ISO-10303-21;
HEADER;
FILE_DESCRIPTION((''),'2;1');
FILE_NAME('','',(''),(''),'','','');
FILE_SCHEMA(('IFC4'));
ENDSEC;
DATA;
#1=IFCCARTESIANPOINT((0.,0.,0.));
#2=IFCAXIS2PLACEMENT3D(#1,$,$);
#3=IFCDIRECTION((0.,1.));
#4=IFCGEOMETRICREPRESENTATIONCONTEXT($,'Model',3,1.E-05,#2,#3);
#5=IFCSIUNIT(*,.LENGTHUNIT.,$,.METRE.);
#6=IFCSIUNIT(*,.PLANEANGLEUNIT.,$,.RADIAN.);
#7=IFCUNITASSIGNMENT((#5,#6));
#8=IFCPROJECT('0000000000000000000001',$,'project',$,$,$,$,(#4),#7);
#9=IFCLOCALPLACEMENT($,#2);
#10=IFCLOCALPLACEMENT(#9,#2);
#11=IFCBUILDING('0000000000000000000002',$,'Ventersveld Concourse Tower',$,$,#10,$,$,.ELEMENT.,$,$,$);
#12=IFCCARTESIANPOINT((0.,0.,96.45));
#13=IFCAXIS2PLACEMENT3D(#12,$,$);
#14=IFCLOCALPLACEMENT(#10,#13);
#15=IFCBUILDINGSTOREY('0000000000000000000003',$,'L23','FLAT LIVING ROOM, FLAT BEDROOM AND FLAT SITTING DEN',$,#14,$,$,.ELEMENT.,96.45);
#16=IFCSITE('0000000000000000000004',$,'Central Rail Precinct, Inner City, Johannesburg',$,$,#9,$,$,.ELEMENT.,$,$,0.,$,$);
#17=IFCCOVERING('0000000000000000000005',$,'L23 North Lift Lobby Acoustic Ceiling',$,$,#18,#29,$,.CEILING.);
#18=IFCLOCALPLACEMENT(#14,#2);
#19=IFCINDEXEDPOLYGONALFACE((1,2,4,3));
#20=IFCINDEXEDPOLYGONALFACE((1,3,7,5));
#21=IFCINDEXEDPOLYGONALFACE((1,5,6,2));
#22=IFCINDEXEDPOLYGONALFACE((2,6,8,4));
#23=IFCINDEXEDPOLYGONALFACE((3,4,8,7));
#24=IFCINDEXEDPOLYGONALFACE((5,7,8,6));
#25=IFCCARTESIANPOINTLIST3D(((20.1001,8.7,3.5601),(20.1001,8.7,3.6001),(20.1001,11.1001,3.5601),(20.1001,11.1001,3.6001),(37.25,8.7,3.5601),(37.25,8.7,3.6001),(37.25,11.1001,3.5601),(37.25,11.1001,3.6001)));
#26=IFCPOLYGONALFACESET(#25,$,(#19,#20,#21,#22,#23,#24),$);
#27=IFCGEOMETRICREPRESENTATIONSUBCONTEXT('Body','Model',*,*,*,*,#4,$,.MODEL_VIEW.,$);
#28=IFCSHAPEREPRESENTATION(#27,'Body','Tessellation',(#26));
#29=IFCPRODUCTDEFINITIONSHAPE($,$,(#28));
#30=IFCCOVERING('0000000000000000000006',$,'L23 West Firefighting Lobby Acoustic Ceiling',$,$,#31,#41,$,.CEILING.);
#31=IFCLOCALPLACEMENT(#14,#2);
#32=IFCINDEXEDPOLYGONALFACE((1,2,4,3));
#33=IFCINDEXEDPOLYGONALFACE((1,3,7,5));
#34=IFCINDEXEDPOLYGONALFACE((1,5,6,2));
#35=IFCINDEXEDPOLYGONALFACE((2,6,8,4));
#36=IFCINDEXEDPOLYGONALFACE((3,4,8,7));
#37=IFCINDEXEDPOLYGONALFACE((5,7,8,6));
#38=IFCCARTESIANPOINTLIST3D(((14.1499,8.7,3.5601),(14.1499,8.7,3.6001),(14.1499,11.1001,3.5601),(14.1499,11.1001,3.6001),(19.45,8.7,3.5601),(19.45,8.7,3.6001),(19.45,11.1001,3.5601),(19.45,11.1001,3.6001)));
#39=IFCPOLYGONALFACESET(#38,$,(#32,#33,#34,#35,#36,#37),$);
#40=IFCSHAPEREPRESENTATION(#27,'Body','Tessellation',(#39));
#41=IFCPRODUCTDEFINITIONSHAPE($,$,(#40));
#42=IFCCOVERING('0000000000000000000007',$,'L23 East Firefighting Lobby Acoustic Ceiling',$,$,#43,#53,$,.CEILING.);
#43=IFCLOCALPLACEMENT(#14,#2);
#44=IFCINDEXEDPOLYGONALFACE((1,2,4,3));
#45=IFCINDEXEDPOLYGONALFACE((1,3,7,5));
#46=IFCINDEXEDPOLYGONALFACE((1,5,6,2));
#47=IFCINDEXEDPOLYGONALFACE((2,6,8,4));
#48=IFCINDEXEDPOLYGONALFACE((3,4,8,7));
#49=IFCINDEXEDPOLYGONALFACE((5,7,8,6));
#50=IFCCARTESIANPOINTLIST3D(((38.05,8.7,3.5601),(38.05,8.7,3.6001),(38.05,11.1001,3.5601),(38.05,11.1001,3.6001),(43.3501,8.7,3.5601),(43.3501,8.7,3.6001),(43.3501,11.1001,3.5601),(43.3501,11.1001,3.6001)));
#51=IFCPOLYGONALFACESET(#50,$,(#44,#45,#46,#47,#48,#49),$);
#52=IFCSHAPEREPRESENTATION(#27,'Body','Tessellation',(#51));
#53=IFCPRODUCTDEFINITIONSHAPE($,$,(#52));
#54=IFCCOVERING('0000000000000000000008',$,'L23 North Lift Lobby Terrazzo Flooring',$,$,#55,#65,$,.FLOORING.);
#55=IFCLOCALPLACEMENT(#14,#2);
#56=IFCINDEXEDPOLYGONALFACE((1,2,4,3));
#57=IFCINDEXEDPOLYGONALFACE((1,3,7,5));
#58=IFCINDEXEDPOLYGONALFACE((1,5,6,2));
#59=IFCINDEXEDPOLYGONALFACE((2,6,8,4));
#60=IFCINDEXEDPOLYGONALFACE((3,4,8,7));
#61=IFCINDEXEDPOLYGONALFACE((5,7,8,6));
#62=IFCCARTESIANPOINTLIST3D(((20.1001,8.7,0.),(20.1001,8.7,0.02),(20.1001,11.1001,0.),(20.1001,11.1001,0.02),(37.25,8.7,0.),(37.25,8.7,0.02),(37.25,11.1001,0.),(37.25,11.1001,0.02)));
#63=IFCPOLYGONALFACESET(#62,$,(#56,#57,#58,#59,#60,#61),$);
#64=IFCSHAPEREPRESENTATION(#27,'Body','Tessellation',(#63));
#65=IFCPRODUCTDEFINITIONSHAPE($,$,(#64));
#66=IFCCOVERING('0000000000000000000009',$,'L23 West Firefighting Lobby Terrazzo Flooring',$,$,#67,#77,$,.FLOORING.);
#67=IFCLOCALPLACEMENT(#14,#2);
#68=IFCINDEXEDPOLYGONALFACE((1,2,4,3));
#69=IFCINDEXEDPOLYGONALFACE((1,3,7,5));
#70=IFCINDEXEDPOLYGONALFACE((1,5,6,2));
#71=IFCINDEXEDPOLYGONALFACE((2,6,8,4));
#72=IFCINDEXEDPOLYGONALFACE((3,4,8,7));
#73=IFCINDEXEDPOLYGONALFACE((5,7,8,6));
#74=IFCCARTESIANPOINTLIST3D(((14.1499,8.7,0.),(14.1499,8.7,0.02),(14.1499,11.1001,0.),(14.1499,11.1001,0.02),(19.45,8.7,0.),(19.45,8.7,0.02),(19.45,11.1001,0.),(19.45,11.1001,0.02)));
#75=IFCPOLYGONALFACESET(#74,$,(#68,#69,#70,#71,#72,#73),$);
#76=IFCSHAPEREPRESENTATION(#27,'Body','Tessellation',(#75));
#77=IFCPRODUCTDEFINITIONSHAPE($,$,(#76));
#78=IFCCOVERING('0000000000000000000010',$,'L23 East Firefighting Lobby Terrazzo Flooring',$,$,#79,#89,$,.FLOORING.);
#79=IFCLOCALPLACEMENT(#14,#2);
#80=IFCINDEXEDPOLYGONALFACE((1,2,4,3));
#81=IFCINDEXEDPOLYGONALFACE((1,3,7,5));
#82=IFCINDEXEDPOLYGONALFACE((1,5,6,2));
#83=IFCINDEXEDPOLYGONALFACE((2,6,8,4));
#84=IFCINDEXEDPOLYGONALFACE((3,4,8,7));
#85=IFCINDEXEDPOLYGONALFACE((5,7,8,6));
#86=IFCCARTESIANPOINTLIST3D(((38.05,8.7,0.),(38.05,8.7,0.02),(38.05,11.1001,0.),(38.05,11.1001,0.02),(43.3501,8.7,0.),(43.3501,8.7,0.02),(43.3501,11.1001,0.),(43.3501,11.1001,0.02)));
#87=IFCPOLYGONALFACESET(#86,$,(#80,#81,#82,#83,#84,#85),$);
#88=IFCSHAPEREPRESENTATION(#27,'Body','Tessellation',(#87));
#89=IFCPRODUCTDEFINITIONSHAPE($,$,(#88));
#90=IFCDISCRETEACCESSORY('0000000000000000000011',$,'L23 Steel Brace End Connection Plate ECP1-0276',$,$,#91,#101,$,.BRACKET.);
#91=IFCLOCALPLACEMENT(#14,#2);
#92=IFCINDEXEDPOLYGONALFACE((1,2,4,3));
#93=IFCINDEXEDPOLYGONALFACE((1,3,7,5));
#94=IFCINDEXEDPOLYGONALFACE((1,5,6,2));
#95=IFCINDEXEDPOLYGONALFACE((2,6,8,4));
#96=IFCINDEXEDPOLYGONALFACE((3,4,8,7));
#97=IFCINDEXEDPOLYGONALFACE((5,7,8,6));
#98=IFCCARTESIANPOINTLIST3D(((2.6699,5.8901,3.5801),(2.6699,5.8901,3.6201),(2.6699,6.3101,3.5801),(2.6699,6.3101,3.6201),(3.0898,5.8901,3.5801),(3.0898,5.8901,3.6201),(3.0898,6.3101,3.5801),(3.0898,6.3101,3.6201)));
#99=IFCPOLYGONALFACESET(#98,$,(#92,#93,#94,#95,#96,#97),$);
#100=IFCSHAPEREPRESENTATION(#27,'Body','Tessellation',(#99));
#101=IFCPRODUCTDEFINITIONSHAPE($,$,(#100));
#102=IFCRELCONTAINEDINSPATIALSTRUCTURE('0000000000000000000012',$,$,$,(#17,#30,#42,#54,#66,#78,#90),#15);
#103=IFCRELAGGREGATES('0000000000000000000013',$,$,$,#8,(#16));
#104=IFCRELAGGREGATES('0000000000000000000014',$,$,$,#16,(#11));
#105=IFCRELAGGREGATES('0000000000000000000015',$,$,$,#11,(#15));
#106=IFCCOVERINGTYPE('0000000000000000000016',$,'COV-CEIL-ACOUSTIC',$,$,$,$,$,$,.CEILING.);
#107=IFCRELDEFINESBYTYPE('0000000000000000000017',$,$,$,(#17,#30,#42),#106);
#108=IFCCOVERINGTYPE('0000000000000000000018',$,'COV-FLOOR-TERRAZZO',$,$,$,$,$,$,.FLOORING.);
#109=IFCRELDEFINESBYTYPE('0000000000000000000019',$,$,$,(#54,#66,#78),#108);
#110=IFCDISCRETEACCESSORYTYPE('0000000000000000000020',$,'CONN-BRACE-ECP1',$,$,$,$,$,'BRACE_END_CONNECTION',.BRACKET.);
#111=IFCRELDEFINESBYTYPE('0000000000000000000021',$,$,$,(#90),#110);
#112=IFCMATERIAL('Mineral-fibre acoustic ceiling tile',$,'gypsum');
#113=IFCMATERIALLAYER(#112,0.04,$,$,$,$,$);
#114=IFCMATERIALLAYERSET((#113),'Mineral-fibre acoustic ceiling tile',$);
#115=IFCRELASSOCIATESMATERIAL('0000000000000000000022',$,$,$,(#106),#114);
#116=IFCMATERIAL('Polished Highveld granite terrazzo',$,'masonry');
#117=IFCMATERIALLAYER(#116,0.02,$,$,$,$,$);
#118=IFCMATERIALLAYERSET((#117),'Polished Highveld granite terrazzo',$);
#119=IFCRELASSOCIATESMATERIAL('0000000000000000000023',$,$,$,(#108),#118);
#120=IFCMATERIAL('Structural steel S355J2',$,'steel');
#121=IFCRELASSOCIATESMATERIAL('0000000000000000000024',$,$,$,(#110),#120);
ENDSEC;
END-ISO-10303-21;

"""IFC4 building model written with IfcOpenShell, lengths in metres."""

from ifc_helpers import new_model, si_unit, direction, frame, origin, origin_2d, place, context, subcontext, project, spatial, polyline, rectangle, outline, extrude, material, layer, layer_set, type_object, element, save


model = new_model("IFC4")

# Units and contexts
model_context = context("Model", 3, precision=1e-05, world=origin(), true_north=direction((0.0, 1.0)))
body_context = subcontext(model_context, "Body", "Model", "MODEL_VIEW")
ifc_project = project(units=[si_unit("LENGTHUNIT", "METRE"), si_unit("PLANEANGLEUNIT", "RADIAN")], contexts=[model_context])

# Site, building, storey
site_placement = place(None, origin())
site = spatial("IfcSite", under=ifc_project, at=site_placement, Name="Central Rail Precinct, Inner City, Johannesburg", CompositionType="ELEMENT", RefElevation=0.0)
building_placement = place(site_placement, origin())
building = spatial("IfcBuilding", under=site, at=building_placement, Name="Ventersveld Concourse Tower", CompositionType="ELEMENT")
storey_placement = place(building_placement, frame((0.0, 0.0, 96.45)))
storey = spatial("IfcBuildingStorey", under=building, at=storey_placement, Name="L23", Description="FLAT LIVING ROOM, FLAT BEDROOM AND FLAT SITTING DEN", CompositionType="ELEMENT", Elevation=96.45)

# Coverings
ifc_material_1 = material(Name="Mineral-fibre acoustic ceiling tile", Category="gypsum")
ifc_layer_1 = layer(ifc_material_1, 0.04)
ifc_layer_set_1 = layer_set([ifc_layer_1], Name="Mineral-fibre acoustic ceiling tile")
covering_type_1 = type_object("IfcCoveringType", Name="COV-CEIL-ACOUSTIC", PredefinedType="CEILING", material=ifc_layer_set_1)
covering_1_placement = place(storey_placement, frame((0.0, 0.0, 3.5601)))
element("IfcCovering", 1, at=covering_1_placement, inside=storey, type_object=covering_type_1, Name="L23 North Lift Lobby Acoustic Ceiling", PredefinedType="CEILING", context=body_context, shape_type="SweptSolid", body=[
    extrude(outline(polyline([(20.1001, 8.7), (37.25, 8.7), (37.25, 11.1001), (20.1001, 11.1001), (20.1001, 8.7)])), origin(), (0.0, 0.0, 1.0), 0.04),
])
covering_2_placement = place(storey_placement, frame((0.0, 0.0, 3.5601)))
element("IfcCovering", 2, at=covering_2_placement, inside=storey, type_object=covering_type_1, Name="L23 West Firefighting Lobby Acoustic Ceiling", PredefinedType="CEILING", context=body_context, shape_type="SweptSolid", body=[
    extrude(outline(polyline([(14.1499, 8.7), (19.45, 8.7), (19.45, 11.1001), (14.1499, 11.1001), (14.1499, 8.7)])), origin(), (0.0, 0.0, 1.0), 0.04),
])
covering_3_placement = place(storey_placement, frame((0.0, 0.0, 3.5601)))
element("IfcCovering", 3, at=covering_3_placement, inside=storey, type_object=covering_type_1, Name="L23 East Firefighting Lobby Acoustic Ceiling", PredefinedType="CEILING", context=body_context, shape_type="SweptSolid", body=[
    extrude(outline(polyline([(38.05, 8.7), (43.3501, 8.7), (43.3501, 11.1001), (38.05, 11.1001), (38.05, 8.7)])), origin(), (0.0, 0.0, 1.0), 0.04),
])
ifc_material_2 = material(Name="Polished Highveld granite terrazzo", Category="masonry")
ifc_layer_2 = layer(ifc_material_2, 0.02)
ifc_layer_set_2 = layer_set([ifc_layer_2], Name="Polished Highveld granite terrazzo")
covering_type_2 = type_object("IfcCoveringType", Name="COV-FLOOR-TERRAZZO", PredefinedType="FLOORING", material=ifc_layer_set_2)
covering_4_placement = place(storey_placement, origin())
element("IfcCovering", 4, at=covering_4_placement, inside=storey, type_object=covering_type_2, Name="L23 North Lift Lobby Terrazzo Flooring", PredefinedType="FLOORING", context=body_context, shape_type="SweptSolid", body=[
    extrude(outline(polyline([(20.1001, 8.7), (37.25, 8.7), (37.25, 11.1001), (20.1001, 11.1001), (20.1001, 8.7)])), origin(), (0.0, 0.0, 1.0), 0.02),
])
covering_5_placement = place(storey_placement, origin())
element("IfcCovering", 5, at=covering_5_placement, inside=storey, type_object=covering_type_2, Name="L23 West Firefighting Lobby Terrazzo Flooring", PredefinedType="FLOORING", context=body_context, shape_type="SweptSolid", body=[
    extrude(outline(polyline([(14.1499, 8.7), (19.45, 8.7), (19.45, 11.1001), (14.1499, 11.1001), (14.1499, 8.7)])), origin(), (0.0, 0.0, 1.0), 0.02),
])
covering_6_placement = place(storey_placement, origin())
element("IfcCovering", 6, at=covering_6_placement, inside=storey, type_object=covering_type_2, Name="L23 East Firefighting Lobby Terrazzo Flooring", PredefinedType="FLOORING", context=body_context, shape_type="SweptSolid", body=[
    extrude(outline(polyline([(38.05, 8.7), (43.3501, 8.7), (43.3501, 11.1001), (38.05, 11.1001), (38.05, 8.7)])), origin(), (0.0, 0.0, 1.0), 0.02),
])

# Discrete accessory
ifc_material_3 = material(Name="Structural steel S355J2", Category="steel")
discrete_accessory_type = type_object("IfcDiscreteAccessoryType", Name="CONN-BRACE-ECP1", ElementType="BRACE_END_CONNECTION", PredefinedType="BRACKET", material=ifc_material_3)
discrete_accessory_placement = place(storey_placement, frame((2.8799, 6.1001, 3.5801), z_axis=(0.0, 0.0, 1.0), x_axis=(1.0, 0.0, 0.0)))
element("IfcDiscreteAccessory", 7, at=discrete_accessory_placement, inside=storey, type_object=discrete_accessory_type, Name="L23 Steel Brace End Connection Plate ECP1-0276", PredefinedType="BRACKET", context=body_context, shape_type="SweptSolid", body=[
    extrude(rectangle(XDim=0.4199, YDim=0.4199, at=origin_2d()), origin(), (0.0, 0.0, 1.0), 0.04),
])

save(model, "model.ifc")
